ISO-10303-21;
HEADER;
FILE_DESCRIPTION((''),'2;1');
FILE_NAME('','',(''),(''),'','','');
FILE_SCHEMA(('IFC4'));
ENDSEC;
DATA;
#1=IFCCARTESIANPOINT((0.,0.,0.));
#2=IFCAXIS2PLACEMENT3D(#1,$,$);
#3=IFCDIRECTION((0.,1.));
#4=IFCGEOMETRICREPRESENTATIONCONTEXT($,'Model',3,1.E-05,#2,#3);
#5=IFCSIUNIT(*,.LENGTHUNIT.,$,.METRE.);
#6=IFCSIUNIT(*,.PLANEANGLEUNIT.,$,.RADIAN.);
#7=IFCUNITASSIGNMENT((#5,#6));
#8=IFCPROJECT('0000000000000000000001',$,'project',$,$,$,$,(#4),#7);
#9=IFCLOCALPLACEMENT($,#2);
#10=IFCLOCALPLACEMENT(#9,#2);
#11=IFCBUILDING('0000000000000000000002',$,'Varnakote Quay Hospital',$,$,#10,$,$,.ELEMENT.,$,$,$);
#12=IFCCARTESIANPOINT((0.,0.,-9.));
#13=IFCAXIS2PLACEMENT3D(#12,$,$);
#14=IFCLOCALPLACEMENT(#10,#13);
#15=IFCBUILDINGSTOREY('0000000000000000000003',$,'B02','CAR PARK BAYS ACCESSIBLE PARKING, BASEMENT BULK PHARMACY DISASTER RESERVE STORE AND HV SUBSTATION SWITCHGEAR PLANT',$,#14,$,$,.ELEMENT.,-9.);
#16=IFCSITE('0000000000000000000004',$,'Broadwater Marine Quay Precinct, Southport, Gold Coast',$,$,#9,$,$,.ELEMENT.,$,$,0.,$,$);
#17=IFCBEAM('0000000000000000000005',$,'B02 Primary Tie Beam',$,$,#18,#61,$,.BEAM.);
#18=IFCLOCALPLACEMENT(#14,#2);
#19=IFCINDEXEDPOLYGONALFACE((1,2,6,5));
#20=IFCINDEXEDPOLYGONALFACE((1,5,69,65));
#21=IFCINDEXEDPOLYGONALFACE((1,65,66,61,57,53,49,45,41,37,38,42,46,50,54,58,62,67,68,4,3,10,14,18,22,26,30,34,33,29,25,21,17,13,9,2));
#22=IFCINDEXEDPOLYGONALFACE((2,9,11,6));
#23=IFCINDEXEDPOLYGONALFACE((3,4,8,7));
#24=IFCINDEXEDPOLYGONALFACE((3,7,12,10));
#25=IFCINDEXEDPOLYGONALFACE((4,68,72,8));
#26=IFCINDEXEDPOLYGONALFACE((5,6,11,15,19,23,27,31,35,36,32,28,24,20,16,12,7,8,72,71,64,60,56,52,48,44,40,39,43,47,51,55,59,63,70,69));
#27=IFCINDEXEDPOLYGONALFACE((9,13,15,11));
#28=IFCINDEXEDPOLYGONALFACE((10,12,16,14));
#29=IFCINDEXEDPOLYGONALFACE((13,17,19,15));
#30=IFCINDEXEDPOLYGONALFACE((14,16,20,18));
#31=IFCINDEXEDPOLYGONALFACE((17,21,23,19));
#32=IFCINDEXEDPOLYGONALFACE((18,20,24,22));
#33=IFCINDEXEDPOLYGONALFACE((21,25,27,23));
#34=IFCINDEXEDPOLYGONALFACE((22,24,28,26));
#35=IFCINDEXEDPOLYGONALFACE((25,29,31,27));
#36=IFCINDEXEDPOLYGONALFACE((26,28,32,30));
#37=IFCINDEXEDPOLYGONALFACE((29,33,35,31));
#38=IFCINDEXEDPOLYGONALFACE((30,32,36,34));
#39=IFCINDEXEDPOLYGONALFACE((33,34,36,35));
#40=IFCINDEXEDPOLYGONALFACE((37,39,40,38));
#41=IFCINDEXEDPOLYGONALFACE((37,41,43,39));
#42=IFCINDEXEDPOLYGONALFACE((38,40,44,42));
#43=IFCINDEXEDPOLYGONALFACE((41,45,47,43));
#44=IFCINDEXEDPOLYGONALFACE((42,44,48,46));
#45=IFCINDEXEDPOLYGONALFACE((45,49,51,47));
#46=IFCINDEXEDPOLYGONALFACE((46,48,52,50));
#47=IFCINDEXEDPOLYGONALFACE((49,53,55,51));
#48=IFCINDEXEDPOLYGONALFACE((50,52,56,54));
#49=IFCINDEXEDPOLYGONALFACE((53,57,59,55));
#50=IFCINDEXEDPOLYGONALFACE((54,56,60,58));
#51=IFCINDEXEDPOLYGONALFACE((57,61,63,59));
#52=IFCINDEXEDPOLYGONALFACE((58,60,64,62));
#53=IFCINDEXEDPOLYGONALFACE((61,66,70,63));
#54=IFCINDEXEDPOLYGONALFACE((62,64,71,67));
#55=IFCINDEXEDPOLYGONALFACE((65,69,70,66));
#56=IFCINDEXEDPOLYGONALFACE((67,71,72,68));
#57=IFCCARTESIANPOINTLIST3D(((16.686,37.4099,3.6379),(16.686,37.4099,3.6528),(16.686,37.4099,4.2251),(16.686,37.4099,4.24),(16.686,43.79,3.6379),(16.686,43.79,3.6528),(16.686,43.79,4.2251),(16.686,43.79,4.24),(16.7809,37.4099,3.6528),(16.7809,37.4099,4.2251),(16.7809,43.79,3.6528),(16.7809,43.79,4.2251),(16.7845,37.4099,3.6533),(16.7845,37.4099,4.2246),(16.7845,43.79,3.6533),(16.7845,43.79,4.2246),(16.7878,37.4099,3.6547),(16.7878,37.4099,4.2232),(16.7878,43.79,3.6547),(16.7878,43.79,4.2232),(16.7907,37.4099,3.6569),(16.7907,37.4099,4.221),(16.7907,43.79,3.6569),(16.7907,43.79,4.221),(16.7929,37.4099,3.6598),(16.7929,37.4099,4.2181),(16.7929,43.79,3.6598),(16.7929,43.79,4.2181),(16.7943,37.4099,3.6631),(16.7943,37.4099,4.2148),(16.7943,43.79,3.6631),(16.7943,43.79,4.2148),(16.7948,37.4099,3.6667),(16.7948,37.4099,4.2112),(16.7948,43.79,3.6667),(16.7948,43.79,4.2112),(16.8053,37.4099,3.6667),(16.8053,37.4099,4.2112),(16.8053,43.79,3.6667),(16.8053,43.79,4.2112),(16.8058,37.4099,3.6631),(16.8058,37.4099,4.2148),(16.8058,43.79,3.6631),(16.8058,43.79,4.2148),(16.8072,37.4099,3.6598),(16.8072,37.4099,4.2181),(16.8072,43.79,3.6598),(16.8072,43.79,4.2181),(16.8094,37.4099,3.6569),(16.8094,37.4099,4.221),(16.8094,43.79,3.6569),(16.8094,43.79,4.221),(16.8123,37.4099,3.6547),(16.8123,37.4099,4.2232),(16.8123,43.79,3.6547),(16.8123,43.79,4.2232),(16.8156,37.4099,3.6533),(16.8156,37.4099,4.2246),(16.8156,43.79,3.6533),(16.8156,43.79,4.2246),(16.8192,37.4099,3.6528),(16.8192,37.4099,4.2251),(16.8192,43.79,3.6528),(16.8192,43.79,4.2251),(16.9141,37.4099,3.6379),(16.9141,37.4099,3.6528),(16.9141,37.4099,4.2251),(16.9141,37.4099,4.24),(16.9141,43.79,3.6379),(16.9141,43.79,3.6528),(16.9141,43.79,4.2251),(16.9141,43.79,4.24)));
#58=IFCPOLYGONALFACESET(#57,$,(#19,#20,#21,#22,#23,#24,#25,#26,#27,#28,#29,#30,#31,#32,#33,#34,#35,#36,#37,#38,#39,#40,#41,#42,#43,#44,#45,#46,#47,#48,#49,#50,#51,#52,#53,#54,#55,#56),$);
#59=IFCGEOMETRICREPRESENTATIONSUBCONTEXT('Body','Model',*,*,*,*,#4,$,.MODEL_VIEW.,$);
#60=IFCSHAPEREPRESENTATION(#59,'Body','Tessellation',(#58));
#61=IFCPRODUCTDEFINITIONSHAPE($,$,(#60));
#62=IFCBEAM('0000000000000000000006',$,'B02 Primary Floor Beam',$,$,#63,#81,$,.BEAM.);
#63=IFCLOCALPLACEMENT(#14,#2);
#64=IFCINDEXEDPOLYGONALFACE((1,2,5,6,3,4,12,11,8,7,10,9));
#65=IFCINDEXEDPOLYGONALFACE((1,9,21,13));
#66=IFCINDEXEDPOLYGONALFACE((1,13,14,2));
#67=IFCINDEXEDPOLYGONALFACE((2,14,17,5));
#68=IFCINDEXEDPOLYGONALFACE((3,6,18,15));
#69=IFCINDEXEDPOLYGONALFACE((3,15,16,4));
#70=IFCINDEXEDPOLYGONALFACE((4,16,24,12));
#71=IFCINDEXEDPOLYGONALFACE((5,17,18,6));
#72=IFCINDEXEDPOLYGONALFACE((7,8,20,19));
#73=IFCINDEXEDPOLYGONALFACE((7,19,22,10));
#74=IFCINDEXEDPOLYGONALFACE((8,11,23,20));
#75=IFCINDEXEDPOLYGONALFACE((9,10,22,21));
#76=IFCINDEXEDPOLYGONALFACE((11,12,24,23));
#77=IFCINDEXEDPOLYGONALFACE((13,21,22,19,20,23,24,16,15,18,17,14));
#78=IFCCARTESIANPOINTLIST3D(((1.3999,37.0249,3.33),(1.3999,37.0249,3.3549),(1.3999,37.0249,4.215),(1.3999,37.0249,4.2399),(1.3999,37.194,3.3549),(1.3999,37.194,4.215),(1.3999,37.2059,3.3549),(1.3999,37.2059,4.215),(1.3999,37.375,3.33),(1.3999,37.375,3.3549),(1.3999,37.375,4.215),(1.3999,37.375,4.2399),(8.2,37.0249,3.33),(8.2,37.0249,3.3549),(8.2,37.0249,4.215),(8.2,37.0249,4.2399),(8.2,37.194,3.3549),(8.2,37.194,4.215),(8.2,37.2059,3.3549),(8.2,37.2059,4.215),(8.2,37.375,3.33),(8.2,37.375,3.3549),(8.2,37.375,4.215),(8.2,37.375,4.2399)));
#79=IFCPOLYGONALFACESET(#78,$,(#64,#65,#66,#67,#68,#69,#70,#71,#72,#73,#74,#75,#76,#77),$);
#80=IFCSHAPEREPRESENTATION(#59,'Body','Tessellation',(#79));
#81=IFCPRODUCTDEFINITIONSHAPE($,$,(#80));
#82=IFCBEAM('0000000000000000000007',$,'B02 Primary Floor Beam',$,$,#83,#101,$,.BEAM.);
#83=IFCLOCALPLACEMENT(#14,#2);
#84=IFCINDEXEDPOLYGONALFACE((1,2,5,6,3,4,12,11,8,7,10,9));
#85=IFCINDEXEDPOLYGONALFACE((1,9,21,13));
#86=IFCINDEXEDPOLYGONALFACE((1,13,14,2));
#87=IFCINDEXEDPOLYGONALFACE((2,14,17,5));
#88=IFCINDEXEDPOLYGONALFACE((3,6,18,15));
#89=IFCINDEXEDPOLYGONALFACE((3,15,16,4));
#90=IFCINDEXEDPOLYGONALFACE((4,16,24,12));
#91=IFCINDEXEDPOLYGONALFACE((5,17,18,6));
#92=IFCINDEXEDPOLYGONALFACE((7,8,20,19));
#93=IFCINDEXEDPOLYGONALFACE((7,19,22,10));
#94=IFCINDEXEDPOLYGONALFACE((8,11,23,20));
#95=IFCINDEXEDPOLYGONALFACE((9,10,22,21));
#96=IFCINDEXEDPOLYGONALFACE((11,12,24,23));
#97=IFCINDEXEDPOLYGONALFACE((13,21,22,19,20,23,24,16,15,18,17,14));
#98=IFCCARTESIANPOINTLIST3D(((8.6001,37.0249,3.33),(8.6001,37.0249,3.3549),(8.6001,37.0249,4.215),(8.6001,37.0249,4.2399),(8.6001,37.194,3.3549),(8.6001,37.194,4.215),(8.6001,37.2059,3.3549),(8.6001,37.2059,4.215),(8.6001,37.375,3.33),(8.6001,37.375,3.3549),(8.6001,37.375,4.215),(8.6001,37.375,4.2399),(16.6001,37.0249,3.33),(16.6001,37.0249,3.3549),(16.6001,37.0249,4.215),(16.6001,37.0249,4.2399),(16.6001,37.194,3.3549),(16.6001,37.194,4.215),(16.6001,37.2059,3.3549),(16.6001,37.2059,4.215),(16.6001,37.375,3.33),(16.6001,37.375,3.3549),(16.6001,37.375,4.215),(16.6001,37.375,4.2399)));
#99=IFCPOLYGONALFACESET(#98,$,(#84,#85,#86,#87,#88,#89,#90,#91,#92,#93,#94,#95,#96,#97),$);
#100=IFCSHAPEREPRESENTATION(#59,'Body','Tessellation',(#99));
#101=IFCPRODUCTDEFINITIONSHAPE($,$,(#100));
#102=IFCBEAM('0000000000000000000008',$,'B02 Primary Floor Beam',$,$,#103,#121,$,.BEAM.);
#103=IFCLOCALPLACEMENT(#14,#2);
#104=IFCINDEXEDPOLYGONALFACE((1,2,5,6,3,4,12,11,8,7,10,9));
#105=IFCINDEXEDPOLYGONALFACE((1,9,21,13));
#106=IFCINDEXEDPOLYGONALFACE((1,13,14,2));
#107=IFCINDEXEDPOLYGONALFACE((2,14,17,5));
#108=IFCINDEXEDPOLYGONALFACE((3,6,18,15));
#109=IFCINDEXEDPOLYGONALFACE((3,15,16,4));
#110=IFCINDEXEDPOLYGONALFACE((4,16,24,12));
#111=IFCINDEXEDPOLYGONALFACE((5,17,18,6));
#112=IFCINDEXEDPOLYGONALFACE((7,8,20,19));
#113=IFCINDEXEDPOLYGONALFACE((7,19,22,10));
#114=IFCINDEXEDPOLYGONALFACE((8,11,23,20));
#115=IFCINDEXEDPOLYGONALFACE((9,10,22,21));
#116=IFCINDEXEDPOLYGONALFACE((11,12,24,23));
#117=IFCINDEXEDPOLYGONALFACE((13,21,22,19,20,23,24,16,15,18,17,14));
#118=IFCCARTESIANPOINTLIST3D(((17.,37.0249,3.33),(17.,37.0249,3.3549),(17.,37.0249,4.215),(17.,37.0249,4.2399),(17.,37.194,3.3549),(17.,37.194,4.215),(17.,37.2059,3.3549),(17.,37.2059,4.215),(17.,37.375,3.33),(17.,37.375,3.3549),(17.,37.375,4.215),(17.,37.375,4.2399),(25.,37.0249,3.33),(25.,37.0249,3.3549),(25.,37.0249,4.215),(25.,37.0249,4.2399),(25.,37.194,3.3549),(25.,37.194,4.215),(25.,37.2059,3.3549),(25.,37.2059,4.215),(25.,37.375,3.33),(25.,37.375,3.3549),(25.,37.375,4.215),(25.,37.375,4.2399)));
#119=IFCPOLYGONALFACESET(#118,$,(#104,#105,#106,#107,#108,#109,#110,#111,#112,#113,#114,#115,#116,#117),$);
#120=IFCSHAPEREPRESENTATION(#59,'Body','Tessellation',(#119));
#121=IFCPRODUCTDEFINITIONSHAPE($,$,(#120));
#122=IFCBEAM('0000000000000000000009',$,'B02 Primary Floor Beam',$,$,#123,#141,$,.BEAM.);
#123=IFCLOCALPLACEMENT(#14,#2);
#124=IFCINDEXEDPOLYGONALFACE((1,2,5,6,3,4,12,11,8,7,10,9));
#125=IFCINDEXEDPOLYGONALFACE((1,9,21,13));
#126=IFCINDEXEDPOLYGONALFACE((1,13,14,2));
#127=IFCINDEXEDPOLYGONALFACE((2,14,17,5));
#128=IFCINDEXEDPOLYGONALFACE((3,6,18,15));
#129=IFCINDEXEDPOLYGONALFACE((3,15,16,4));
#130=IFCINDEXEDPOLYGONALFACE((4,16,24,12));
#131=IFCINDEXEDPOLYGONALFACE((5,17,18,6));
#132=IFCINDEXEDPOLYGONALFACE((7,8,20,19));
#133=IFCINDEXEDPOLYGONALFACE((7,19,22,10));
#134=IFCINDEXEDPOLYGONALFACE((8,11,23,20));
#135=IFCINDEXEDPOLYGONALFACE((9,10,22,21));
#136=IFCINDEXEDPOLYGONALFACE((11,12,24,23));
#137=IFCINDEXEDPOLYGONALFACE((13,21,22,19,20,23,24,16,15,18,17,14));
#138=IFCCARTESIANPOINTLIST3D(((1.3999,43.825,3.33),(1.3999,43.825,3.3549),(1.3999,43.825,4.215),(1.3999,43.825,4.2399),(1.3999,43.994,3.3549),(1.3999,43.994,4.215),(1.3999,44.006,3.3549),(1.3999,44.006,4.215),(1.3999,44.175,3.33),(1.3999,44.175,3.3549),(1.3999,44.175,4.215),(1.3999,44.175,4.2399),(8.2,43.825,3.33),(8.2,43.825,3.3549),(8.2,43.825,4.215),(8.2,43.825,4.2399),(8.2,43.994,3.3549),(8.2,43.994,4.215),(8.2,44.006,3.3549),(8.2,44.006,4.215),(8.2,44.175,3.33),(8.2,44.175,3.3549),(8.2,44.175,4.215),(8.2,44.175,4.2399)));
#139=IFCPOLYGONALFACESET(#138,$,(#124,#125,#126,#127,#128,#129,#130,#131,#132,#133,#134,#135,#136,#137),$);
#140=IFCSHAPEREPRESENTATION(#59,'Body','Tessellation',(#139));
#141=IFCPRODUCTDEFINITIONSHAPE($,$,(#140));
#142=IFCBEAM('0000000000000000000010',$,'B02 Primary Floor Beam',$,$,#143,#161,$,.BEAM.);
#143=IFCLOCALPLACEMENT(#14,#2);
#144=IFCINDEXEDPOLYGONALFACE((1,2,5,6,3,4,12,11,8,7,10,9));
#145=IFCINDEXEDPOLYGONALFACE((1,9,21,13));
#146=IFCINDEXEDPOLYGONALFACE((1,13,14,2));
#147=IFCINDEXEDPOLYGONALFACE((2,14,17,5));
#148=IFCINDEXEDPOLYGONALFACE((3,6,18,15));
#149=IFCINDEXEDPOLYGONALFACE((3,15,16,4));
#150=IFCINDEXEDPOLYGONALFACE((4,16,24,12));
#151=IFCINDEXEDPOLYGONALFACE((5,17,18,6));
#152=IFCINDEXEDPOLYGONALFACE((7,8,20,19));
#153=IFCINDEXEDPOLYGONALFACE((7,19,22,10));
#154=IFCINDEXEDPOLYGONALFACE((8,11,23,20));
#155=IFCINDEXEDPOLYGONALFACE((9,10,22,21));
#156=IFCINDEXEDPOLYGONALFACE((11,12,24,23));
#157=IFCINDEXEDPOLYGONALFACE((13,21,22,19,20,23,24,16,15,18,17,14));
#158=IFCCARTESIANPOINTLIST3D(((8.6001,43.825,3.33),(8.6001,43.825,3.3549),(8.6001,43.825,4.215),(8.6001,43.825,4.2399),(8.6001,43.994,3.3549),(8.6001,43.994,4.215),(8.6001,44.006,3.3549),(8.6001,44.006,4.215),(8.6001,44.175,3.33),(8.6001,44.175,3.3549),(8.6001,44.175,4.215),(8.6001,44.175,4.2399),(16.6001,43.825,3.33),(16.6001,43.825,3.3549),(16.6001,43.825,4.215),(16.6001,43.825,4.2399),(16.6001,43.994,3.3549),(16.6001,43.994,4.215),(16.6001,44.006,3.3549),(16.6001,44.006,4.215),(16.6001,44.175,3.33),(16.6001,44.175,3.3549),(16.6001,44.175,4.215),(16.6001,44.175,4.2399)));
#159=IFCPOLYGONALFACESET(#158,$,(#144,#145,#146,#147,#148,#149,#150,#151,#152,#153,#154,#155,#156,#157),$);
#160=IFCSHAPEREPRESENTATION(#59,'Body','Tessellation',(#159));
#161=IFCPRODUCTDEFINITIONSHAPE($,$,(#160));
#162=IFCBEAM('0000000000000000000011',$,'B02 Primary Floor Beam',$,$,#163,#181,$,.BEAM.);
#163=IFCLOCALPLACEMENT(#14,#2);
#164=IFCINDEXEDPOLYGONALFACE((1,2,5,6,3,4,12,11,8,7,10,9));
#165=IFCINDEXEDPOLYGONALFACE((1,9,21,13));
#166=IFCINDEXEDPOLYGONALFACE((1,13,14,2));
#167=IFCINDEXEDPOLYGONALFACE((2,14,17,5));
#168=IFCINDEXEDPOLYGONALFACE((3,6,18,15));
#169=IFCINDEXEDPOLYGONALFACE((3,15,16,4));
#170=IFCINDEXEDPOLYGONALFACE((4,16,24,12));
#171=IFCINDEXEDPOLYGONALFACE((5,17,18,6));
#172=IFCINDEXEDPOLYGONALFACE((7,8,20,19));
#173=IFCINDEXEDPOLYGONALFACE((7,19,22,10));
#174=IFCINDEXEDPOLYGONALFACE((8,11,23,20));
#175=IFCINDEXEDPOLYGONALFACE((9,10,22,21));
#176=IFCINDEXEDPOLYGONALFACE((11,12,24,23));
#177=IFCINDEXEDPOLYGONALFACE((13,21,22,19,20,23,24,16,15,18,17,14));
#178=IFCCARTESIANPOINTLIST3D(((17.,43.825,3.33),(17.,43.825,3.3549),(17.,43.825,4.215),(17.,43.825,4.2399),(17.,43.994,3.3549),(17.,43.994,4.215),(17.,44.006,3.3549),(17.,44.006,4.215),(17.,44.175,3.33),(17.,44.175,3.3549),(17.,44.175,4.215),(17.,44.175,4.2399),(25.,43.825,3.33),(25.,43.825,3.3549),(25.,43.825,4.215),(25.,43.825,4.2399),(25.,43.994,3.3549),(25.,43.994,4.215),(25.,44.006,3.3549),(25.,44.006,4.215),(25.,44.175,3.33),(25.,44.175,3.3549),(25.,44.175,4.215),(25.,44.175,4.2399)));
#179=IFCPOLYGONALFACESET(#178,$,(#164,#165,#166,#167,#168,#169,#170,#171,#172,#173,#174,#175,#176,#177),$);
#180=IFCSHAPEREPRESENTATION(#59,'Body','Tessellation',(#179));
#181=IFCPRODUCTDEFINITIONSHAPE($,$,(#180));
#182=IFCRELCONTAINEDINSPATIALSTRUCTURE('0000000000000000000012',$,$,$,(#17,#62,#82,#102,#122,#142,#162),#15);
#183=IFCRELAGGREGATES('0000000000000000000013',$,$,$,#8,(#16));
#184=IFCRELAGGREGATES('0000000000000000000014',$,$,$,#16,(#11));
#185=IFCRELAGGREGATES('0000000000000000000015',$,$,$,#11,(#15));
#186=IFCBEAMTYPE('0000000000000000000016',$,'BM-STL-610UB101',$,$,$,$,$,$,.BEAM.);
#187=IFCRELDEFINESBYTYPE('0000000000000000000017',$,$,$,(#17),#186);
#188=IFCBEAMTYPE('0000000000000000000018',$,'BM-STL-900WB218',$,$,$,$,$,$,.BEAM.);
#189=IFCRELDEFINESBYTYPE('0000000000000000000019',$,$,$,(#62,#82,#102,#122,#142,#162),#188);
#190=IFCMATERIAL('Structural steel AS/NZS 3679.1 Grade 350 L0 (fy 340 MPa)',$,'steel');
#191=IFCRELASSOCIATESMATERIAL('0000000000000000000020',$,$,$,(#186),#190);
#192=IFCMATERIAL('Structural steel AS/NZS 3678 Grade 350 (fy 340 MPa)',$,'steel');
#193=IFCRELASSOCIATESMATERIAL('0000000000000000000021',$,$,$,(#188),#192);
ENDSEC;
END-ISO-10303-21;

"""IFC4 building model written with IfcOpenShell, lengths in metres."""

from ifc_helpers import new_model, si_unit, direction, frame, origin, origin_2d, place, context, subcontext, project, spatial, i_section, extrude, material, material_profile, profile_set, type_object, element, save


model = new_model("IFC4")

# Units and contexts
model_context = context("Model", 3, precision=1e-05, world=origin(), true_north=direction((0.0, 1.0)))
body_context = subcontext(model_context, "Body", "Model", "MODEL_VIEW")
ifc_project = project(units=[si_unit("LENGTHUNIT", "METRE"), si_unit("PLANEANGLEUNIT", "RADIAN")], contexts=[model_context])

# Site, building, storey
site_placement = place(None, origin())
site = spatial("IfcSite", under=ifc_project, at=site_placement, Name="Broadwater Marine Quay Precinct, Southport, Gold Coast", CompositionType="ELEMENT", RefElevation=0.0)
building_placement = place(site_placement, origin())
building = spatial("IfcBuilding", under=site, at=building_placement, Name="Varnakote Quay Hospital", CompositionType="ELEMENT")
storey_placement = place(building_placement, frame((0.0, 0.0, -9.0)))
storey = spatial("IfcBuildingStorey", under=building, at=storey_placement, Name="B02", Description="CAR PARK BAYS ACCESSIBLE PARKING, BASEMENT BULK PHARMACY DISASTER RESERVE STORE AND HV SUBSTATION SWITCHGEAR PLANT", CompositionType="ELEMENT", Elevation=-9.0)

# Beams
ifc_material_1 = material(Name="Structural steel AS/NZS 3679.1 Grade 350 L0 (fy 340 MPa)", Category="steel")
ifc_material_profile_1 = material_profile(ifc_material_1, i_section(OverallWidth=0.228, OverallDepth=0.6021, WebThickness=0.0105, FlangeThickness=0.0149, FilletRadius=0.0139, at=origin_2d()), Name="610UB101")
ifc_profile_set_1 = profile_set([ifc_material_profile_1], Name="Structural steel AS/NZS 3679.1 Grade 350 L0 (fy 340 MPa)")
beam_type_1 = type_object("IfcBeamType", Name="BM-STL-610UB101", PredefinedType="BEAM", material=ifc_profile_set_1)
for number, where, z_axis, x_axis, name in (
    (1, (16.8, 37.4099, 3.939), (0.0, 1.0, 0.0), (-1.0, 0.0, 0.0), "B02 Primary Tie Beam"),
):
    element("IfcBeam", number, at=place(storey_placement, frame(where, z_axis=z_axis, x_axis=x_axis)), inside=storey, type_object=beam_type_1, Name=name, PredefinedType="BEAM", context=body_context, shape_type="SweptSolid", body=[
        extrude(i_section(OverallWidth=0.228, OverallDepth=0.6021, WebThickness=0.0105, FlangeThickness=0.0149, FilletRadius=0.0139, at=origin_2d()), origin(), (0.0, 0.0, 1.0), 6.3801),
    ])
ifc_material_2 = material(Name="Structural steel AS/NZS 3678 Grade 350 (fy 340 MPa)", Category="steel")
ifc_material_profile_2 = material_profile(ifc_material_2, i_section(OverallWidth=0.3501, OverallDepth=0.9099, WebThickness=0.012, FlangeThickness=0.0249, at=origin_2d()), Name="900WB218")
ifc_profile_set_2 = profile_set([ifc_material_profile_2], Name="Structural steel AS/NZS 3678 Grade 350 (fy 340 MPa)")
beam_type_2 = type_object("IfcBeamType", Name="BM-STL-900WB218", PredefinedType="BEAM", material=ifc_profile_set_2)
beam_1_placement = place(storey_placement, frame((1.3999, 37.2, 3.7849), z_axis=(1.0, 0.0, 0.0), x_axis=(0.0, 1.0, 0.0)))
element("IfcBeam", 2, at=beam_1_placement, inside=storey, type_object=beam_type_2, Name="B02 Primary Floor Beam", PredefinedType="BEAM", context=body_context, shape_type="SweptSolid", body=[
    extrude(i_section(OverallWidth=0.3501, OverallDepth=0.9099, WebThickness=0.012, FlangeThickness=0.0249, at=origin_2d()), origin(), (0.0, 0.0, 1.0), 6.8),
])
for number, where, z_axis, x_axis, name in (
    (3, (8.6001, 37.2, 3.7849), (1.0, 0.0, 0.0), (0.0, 1.0, 0.0), "B02 Primary Floor Beam"),
    (4, (17.0, 37.2, 3.7849), (1.0, 0.0, 0.0), (0.0, 1.0, 0.0), "B02 Primary Floor Beam"),
):
    element("IfcBeam", number, at=place(storey_placement, frame(where, z_axis=z_axis, x_axis=x_axis)), inside=storey, type_object=beam_type_2, Name=name, PredefinedType="BEAM", context=body_context, shape_type="SweptSolid", body=[
        extrude(i_section(OverallWidth=0.3501, OverallDepth=0.9099, WebThickness=0.012, FlangeThickness=0.0249, at=origin_2d()), origin(), (0.0, 0.0, 1.0), 8.0),
    ])
beam_2_placement = place(storey_placement, frame((1.3999, 44.0, 3.7849), z_axis=(1.0, 0.0, 0.0), x_axis=(0.0, 1.0, 0.0)))
element("IfcBeam", 5, at=beam_2_placement, inside=storey, type_object=beam_type_2, Name="B02 Primary Floor Beam", PredefinedType="BEAM", context=body_context, shape_type="SweptSolid", body=[
    extrude(i_section(OverallWidth=0.3501, OverallDepth=0.9099, WebThickness=0.012, FlangeThickness=0.0249, at=origin_2d()), origin(), (0.0, 0.0, 1.0), 6.8),
])
for number, where, z_axis, x_axis, name in (
    (6, (8.6001, 44.0, 3.7849), (1.0, 0.0, 0.0), (0.0, 1.0, 0.0), "B02 Primary Floor Beam"),
    (7, (17.0, 44.0, 3.7849), (1.0, 0.0, 0.0), (0.0, 1.0, 0.0), "B02 Primary Floor Beam"),
):
    element("IfcBeam", number, at=place(storey_placement, frame(where, z_axis=z_axis, x_axis=x_axis)), inside=storey, type_object=beam_type_2, Name=name, PredefinedType="BEAM", context=body_context, shape_type="SweptSolid", body=[
        extrude(i_section(OverallWidth=0.3501, OverallDepth=0.9099, WebThickness=0.012, FlangeThickness=0.0249, at=origin_2d()), origin(), (0.0, 0.0, 1.0), 8.0),
    ])

save(model, "model.ifc")
